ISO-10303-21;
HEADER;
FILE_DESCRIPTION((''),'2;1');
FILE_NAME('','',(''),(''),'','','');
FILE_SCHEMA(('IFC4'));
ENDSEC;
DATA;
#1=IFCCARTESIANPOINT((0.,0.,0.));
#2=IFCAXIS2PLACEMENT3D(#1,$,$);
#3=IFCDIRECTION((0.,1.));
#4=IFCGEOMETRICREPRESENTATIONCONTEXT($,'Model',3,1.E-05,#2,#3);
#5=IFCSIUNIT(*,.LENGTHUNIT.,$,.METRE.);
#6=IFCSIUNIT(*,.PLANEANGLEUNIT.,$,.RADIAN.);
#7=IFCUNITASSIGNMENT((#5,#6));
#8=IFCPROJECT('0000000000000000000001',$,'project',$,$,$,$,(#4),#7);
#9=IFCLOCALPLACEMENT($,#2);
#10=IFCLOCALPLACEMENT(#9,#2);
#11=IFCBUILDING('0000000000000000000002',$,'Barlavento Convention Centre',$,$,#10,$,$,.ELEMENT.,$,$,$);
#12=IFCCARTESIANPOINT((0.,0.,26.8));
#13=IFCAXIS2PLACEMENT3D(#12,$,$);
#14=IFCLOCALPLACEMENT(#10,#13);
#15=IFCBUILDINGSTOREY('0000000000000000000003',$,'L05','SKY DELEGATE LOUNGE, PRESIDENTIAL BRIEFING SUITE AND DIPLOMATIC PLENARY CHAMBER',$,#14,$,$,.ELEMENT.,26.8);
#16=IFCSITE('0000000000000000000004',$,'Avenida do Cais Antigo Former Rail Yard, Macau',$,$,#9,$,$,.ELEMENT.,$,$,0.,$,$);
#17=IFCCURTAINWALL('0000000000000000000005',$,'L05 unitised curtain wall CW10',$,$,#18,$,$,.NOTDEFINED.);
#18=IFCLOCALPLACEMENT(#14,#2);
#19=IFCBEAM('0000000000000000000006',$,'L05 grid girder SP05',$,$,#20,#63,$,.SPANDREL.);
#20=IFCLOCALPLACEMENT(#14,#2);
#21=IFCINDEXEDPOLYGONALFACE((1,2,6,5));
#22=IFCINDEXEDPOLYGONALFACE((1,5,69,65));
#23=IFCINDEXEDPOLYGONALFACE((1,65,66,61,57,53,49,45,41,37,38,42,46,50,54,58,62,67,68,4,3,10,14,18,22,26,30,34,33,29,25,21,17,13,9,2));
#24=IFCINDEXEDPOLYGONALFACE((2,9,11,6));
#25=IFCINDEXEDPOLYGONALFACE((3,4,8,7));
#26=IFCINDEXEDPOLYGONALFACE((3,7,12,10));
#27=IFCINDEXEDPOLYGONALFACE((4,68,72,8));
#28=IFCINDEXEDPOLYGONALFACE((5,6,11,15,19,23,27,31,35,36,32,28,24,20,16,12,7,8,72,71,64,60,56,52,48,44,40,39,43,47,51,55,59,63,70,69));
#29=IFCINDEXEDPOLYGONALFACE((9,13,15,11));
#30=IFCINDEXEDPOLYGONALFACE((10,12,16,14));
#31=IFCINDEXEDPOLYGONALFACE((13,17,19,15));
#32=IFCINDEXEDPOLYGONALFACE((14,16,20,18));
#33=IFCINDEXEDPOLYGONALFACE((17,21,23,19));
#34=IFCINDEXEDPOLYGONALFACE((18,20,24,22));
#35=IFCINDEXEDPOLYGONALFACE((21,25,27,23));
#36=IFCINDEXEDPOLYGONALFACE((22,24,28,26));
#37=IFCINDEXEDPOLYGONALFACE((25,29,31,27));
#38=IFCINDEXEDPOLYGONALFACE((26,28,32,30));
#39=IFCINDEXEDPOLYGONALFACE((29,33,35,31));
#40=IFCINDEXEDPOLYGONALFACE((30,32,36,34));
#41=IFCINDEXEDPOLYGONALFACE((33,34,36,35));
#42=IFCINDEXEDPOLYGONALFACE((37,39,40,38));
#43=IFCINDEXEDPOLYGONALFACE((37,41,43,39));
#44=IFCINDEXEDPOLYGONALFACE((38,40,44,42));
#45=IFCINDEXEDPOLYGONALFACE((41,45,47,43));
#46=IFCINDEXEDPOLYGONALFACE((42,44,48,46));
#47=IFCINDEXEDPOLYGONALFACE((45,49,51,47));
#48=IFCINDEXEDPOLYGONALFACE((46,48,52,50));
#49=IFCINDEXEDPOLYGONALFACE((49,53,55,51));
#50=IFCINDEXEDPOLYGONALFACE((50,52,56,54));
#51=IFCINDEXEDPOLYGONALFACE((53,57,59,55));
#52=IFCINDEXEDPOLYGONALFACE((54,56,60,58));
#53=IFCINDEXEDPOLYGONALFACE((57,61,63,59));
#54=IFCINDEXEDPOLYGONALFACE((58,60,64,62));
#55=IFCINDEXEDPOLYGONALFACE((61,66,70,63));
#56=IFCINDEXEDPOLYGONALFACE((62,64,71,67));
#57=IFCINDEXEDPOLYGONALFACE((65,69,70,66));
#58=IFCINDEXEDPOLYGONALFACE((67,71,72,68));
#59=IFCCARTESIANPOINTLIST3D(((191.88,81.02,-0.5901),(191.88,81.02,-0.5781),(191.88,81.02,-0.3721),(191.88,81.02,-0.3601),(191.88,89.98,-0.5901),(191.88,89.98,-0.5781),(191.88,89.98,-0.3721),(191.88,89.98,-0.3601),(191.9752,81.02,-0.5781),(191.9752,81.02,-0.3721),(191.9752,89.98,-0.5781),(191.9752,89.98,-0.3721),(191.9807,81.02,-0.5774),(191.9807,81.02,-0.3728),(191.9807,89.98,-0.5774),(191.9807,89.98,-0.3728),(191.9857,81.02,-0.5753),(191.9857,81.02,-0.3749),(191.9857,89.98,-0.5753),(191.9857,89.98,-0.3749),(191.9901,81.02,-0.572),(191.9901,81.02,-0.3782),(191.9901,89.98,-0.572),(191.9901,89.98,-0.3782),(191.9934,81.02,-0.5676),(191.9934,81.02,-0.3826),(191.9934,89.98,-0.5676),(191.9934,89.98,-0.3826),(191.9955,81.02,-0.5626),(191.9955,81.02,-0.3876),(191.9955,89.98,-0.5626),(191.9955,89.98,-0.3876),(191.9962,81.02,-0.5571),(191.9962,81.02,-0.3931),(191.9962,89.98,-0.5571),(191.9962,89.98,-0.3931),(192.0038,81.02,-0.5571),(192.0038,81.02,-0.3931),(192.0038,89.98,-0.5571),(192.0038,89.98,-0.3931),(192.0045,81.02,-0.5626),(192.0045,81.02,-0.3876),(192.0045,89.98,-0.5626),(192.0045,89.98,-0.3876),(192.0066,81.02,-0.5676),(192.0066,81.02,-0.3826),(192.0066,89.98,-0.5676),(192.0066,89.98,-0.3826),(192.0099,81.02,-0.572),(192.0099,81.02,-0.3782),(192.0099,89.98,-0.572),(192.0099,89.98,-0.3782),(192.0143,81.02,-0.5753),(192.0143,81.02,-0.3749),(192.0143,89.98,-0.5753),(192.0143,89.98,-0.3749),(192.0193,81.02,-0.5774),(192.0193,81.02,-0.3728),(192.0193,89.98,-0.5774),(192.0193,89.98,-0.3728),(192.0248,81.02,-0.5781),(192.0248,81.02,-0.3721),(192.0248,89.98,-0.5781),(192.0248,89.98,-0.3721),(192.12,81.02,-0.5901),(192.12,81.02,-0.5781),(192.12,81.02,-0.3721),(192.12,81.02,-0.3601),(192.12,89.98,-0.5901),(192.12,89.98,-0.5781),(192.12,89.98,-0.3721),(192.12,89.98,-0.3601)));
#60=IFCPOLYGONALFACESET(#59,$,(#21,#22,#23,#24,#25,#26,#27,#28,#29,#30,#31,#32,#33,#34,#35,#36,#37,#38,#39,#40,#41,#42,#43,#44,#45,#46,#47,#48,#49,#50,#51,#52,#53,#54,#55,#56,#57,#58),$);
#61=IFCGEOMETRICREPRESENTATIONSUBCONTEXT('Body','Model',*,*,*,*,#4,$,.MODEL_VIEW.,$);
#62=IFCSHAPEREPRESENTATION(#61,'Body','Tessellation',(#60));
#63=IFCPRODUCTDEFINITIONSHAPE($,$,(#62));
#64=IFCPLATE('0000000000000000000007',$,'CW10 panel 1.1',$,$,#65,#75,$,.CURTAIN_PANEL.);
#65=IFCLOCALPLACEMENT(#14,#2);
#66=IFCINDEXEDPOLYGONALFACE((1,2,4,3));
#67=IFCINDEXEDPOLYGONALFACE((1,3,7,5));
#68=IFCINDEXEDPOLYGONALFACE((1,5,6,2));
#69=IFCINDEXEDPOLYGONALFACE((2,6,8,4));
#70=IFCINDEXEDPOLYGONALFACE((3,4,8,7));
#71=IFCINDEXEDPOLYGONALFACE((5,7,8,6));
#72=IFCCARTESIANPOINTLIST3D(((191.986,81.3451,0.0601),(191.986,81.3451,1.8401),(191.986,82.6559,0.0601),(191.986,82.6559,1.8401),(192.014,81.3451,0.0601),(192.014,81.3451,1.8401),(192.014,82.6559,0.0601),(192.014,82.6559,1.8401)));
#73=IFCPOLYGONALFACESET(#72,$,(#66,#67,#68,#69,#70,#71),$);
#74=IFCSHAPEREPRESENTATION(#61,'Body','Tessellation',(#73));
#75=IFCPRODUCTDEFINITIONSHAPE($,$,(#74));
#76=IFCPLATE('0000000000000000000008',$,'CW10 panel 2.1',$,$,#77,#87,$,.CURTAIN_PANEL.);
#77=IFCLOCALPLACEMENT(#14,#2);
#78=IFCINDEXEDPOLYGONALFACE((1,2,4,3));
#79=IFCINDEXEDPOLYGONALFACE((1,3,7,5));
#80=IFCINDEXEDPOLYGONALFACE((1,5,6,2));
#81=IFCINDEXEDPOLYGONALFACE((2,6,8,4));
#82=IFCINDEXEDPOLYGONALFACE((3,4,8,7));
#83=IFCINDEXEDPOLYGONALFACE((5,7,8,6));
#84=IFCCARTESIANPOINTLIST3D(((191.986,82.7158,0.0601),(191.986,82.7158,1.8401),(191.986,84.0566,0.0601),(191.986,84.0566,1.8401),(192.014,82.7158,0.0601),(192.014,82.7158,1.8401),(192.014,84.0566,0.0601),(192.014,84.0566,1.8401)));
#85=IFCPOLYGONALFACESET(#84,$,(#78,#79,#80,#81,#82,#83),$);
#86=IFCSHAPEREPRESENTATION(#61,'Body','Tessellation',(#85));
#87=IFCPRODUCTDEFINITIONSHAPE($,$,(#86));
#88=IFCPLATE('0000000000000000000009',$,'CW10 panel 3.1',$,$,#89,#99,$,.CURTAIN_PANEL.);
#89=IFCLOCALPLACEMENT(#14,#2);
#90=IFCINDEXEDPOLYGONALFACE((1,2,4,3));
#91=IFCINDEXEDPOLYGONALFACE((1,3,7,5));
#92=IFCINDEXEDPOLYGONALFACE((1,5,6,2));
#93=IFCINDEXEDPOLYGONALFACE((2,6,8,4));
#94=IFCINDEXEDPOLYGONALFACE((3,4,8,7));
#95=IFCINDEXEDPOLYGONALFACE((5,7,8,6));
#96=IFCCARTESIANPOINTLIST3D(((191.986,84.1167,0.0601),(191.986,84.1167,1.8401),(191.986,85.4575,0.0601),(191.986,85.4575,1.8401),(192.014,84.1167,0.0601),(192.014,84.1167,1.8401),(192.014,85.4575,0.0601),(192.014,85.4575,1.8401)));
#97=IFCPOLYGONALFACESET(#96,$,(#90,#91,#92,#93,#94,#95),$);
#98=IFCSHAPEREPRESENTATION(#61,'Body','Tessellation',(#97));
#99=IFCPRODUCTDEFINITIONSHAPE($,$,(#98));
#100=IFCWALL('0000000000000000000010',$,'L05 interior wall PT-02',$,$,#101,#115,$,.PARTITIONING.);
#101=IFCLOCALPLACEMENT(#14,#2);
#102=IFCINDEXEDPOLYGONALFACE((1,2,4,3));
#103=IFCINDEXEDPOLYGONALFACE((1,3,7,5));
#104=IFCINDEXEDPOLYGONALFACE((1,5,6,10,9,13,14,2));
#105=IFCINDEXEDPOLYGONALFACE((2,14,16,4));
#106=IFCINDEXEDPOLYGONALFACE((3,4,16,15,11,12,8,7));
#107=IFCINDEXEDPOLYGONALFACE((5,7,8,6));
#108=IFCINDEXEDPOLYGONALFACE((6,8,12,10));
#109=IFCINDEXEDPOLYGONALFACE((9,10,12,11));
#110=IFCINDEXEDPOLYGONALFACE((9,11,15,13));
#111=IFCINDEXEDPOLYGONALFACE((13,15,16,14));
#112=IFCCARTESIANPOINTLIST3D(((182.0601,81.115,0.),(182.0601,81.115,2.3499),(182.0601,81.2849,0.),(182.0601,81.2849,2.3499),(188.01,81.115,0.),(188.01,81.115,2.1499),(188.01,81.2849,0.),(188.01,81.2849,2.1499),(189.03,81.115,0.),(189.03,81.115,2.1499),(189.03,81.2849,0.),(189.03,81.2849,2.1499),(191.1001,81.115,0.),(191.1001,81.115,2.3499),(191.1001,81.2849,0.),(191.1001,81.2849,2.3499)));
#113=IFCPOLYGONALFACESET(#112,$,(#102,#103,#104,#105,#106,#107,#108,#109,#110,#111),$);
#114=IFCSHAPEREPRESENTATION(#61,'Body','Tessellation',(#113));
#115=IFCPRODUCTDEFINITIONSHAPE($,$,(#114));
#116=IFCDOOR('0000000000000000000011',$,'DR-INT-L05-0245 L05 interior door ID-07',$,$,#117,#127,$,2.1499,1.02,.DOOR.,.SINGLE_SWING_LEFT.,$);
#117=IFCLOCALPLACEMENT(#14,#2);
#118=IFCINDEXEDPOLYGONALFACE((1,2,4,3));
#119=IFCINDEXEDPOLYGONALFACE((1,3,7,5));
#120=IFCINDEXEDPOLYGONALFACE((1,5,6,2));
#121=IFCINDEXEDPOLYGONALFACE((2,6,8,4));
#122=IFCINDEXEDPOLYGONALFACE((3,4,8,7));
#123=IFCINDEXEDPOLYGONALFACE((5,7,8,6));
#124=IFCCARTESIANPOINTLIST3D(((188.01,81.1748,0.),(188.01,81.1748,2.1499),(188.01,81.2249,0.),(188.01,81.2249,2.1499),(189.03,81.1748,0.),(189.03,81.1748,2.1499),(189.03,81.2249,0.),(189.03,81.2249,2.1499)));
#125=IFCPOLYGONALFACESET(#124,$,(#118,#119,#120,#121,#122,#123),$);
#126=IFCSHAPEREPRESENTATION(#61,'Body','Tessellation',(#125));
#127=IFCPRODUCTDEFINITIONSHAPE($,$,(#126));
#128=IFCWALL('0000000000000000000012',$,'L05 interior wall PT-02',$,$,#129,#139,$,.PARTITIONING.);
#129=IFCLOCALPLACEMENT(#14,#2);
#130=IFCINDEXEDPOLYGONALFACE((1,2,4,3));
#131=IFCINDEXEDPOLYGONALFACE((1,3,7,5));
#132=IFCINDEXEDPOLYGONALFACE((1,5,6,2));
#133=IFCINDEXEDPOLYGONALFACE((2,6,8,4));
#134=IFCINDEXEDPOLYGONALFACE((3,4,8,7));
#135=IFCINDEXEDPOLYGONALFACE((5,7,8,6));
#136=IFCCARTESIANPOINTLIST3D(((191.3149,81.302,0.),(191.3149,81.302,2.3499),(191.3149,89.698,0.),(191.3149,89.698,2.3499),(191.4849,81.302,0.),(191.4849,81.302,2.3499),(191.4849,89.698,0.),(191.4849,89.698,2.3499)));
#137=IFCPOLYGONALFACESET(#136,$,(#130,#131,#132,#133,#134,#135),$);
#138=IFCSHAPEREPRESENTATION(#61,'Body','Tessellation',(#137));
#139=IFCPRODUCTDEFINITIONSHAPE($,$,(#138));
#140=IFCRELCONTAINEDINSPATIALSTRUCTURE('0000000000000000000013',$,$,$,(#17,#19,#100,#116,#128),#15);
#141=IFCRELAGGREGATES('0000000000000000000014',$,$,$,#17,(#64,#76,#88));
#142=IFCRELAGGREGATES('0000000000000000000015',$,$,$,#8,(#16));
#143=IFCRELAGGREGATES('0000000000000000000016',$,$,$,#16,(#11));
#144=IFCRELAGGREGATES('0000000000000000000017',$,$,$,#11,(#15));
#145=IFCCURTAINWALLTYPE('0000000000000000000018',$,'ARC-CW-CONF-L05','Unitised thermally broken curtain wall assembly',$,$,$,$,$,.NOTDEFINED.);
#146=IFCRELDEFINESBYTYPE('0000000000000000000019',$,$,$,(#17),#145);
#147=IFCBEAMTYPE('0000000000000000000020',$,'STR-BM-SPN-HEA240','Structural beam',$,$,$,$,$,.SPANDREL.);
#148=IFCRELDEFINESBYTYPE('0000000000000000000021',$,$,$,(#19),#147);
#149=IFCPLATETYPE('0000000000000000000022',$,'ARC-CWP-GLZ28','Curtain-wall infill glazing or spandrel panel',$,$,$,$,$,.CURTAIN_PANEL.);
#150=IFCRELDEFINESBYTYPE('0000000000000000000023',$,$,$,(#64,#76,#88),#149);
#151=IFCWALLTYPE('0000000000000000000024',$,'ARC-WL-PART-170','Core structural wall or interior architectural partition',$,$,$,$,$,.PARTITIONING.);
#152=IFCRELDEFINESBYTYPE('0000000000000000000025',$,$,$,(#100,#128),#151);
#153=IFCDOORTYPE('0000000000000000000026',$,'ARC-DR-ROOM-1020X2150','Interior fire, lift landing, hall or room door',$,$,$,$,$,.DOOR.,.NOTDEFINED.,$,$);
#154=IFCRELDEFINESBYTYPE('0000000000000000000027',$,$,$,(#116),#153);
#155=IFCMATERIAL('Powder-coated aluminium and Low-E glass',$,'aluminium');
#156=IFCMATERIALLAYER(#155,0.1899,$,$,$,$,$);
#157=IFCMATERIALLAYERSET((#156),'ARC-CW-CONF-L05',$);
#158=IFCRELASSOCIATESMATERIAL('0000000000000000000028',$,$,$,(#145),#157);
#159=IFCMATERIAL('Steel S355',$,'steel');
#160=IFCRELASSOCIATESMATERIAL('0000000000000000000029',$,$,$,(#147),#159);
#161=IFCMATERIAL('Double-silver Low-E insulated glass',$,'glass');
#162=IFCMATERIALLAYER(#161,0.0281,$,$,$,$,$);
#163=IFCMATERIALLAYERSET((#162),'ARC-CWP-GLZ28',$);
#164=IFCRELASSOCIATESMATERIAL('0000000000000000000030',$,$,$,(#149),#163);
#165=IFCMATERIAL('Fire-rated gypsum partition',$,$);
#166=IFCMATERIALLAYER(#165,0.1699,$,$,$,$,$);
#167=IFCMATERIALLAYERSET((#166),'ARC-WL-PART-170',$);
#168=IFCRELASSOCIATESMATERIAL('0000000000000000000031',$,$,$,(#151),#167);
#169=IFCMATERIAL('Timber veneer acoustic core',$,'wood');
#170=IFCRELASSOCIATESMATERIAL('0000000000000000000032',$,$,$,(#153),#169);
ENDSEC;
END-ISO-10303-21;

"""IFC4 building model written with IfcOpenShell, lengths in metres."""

from ifc_helpers import new_model, si_unit, direction, frame, frame_2d, origin, origin_2d, place, context, subcontext, project, spatial, rectangle, i_section, extrude, material, layer, layer_set, material_profile, profile_set, type_object, element, fill, aggregate, save


model = new_model("IFC4")

# Units and contexts
model_context = context("Model", 3, precision=1e-05, world=origin(), true_north=direction((0.0, 1.0)))
body_context = subcontext(model_context, "Body", "Model", "MODEL_VIEW")
ifc_project = project(units=[si_unit("LENGTHUNIT", "METRE"), si_unit("PLANEANGLEUNIT", "RADIAN")], contexts=[model_context])

# Site, building, storey
site_placement = place(None, origin())
site = spatial("IfcSite", under=ifc_project, at=site_placement, Name="Avenida do Cais Antigo Former Rail Yard, Macau", CompositionType="ELEMENT", RefElevation=0.0)
building_placement = place(site_placement, origin())
building = spatial("IfcBuilding", under=site, at=building_placement, Name="Barlavento Convention Centre", CompositionType="ELEMENT")
storey_placement = place(building_placement, frame((0.0, 0.0, 26.8)))
storey = spatial("IfcBuildingStorey", under=building, at=storey_placement, Name="L05", Description="SKY DELEGATE LOUNGE, PRESIDENTIAL BRIEFING SUITE AND DIPLOMATIC PLENARY CHAMBER", CompositionType="ELEMENT", Elevation=26.8)

# Shared definitions
ifc_material_1 = material(Name="Steel S355", Category="steel")

# Curtain wall
ifc_material_2 = material(Name="Powder-coated aluminium and Low-E glass", Category="aluminium")
ifc_layer_1 = layer(ifc_material_2, 0.1899)
ifc_layer_set_1 = layer_set([ifc_layer_1], Name="ARC-CW-CONF-L05")
curtain_wall_type = type_object("IfcCurtainWallType", Name="ARC-CW-CONF-L05", Description="Unitised thermally broken curtain wall assembly", PredefinedType="NOTDEFINED", material=ifc_layer_set_1)
curtain_wall_placement = place(storey_placement, origin())
curtain_wall = element("IfcCurtainWall", 1, at=curtain_wall_placement, inside=storey, type_object=curtain_wall_type, Name="L05 unitised curtain wall CW10", PredefinedType="NOTDEFINED")

# Beam
ifc_material_profile_1 = material_profile(ifc_material_1, i_section(OverallWidth=0.24, OverallDepth=0.23, WebThickness=0.0076, FlangeThickness=0.012, FilletRadius=0.021, at=origin_2d()), Name="HEA 240")
ifc_profile_set_1 = profile_set([ifc_material_profile_1], Name="Steel S355")
beam_type_1 = type_object("IfcBeamType", Name="STR-BM-SPN-HEA240", Description="Structural beam", PredefinedType="SPANDREL", material=ifc_profile_set_1)
beam_1_placement = place(storey_placement, frame((192.0, 81.02, -0.4751), z_axis=(0.0, 1.0, 0.0), x_axis=(-1.0, 0.0, 0.0)))
element("IfcBeam", 2, at=beam_1_placement, inside=storey, type_object=beam_type_1, Name="L05 grid girder SP05", PredefinedType="SPANDREL", context=body_context, shape_type="SweptSolid", body=[
    extrude(i_section(OverallWidth=0.24, OverallDepth=0.23, WebThickness=0.0076, FlangeThickness=0.012, FilletRadius=0.021, at=origin_2d()), origin(), (0.0, 0.0, 1.0), 8.96),
])

# Plates
ifc_material_3 = material(Name="Double-silver Low-E insulated glass", Category="glass")
ifc_layer_2 = layer(ifc_material_3, 0.0281)
ifc_layer_set_2 = layer_set([ifc_layer_2], Name="ARC-CWP-GLZ28")
plate_type = type_object("IfcPlateType", Name="ARC-CWP-GLZ28", Description="Curtain-wall infill glazing or spandrel panel", PredefinedType="CURTAIN_PANEL", material=ifc_layer_set_2)
plate_1_placement = place(storey_placement, frame((192.0, 82.0005, 0.0601), z_axis=(0.0, 0.0, 1.0), x_axis=(0.0, 1.0, 0.0)))
plate_1 = element("IfcPlate", 3, at=plate_1_placement, type_object=plate_type, Name="CW10 panel 1.1", PredefinedType="CURTAIN_PANEL", context=body_context, shape_type="SweptSolid", body=[
    extrude(rectangle(XDim=1.3108, YDim=0.0281, at=origin_2d()), origin(), (0.0, 0.0, 1.0), 1.78),
])
plate_2_placement = place(storey_placement, frame((192.0, 83.3862, 0.0601), z_axis=(0.0, 0.0, 1.0), x_axis=(0.0, 1.0, 0.0)))
plate_2 = element("IfcPlate", 4, at=plate_2_placement, type_object=plate_type, Name="CW10 panel 2.1", PredefinedType="CURTAIN_PANEL", context=body_context, shape_type="SweptSolid", body=[
    extrude(rectangle(XDim=1.3408, YDim=0.0281, at=origin_2d()), origin(), (0.0, 0.0, 1.0), 1.78),
])
plate_3_placement = place(storey_placement, frame((192.0, 84.7871, 0.0601), z_axis=(0.0, 0.0, 1.0), x_axis=(0.0, 1.0, 0.0)))
plate_3 = element("IfcPlate", 5, at=plate_3_placement, type_object=plate_type, Name="CW10 panel 3.1", PredefinedType="CURTAIN_PANEL", context=body_context, shape_type="SweptSolid", body=[
    extrude(rectangle(XDim=1.3408, YDim=0.0281, at=origin_2d()), origin(), (0.0, 0.0, 1.0), 1.78),
])
aggregate(curtain_wall, [plate_1, plate_2, plate_3])

# Wall, opening, door
ifc_material_4 = material(Name="Fire-rated gypsum partition")
ifc_layer_3 = layer(ifc_material_4, 0.1699)
ifc_layer_set_3 = layer_set([ifc_layer_3], Name="ARC-WL-PART-170")
wall_type = type_object("IfcWallType", Name="ARC-WL-PART-170", Description="Core structural wall or interior architectural partition", PredefinedType="PARTITIONING", material=ifc_layer_set_3)
wall_1_placement = place(storey_placement, frame((182.0601, 81.2, 0.0), z_axis=(0.0, 0.0, 1.0), x_axis=(1.0, 0.0, 0.0)))
wall_1 = element("IfcWall", 6, at=wall_1_placement, inside=storey, type_object=wall_type, Name="L05 interior wall PT-02", PredefinedType="PARTITIONING", context=body_context, shape_type="SweptSolid", body=[
    extrude(rectangle(XDim=9.04, YDim=0.1699, at=frame_2d((4.52, 0.0))), origin(), (0.0, 0.0, 1.0), 2.3499),
])
opening_placement = place(wall_1_placement, frame((5.95, 0.0, 0.0)))
opening = element("IfcOpeningElement", 7, at=opening_placement, cuts=wall_1, PredefinedType="OPENING", context=body_context, shape_type="SweptSolid", body=[
    extrude(rectangle(XDim=1.02, YDim=2.1499, at=frame_2d((0.51, 1.075))), frame((0.0, 0.095, 0.0), z_axis=(0.0, -1.0, 0.0), x_axis=(1.0, 0.0, 0.0)), (0.0, 0.0, 1.0), 0.1899),
])
ifc_material_5 = material(Name="Timber veneer acoustic core", Category="wood")
door_type = type_object("IfcDoorType", Name="ARC-DR-ROOM-1020X2150", Description="Interior fire, lift landing, hall or room door", OperationType="NOTDEFINED", PredefinedType="DOOR", material=ifc_material_5)
door_placement = place(opening_placement, origin())
door = element("IfcDoor", 8, at=door_placement, inside=storey, type_object=door_type, Name="DR-INT-L05-0245 L05 interior door ID-07", OperationType="SINGLE_SWING_LEFT", OverallHeight=2.1499, OverallWidth=1.02, PredefinedType="DOOR", context=body_context, shape_type="SweptSolid", body=[
    extrude(rectangle(XDim=1.02, YDim=2.1499, at=frame_2d((0.51, 1.075))), frame((0.0, 0.0249, 0.0), z_axis=(0.0, -1.0, 0.0), x_axis=(1.0, 0.0, 0.0)), (0.0, 0.0, 1.0), 0.05),
])
fill(opening, door)

# Wall
wall_2_placement = place(storey_placement, frame((191.3999, 81.302, 0.0), z_axis=(0.0, 0.0, 1.0), x_axis=(0.0, 1.0, 0.0)))
element("IfcWall", 9, at=wall_2_placement, inside=storey, type_object=wall_type, Name="L05 interior wall PT-02", PredefinedType="PARTITIONING", context=body_context, shape_type="SweptSolid", body=[
    extrude(rectangle(XDim=8.396, YDim=0.1699, at=frame_2d((4.198, 0.0))), origin(), (0.0, 0.0, 1.0), 2.3499),
])

save(model, "model.ifc")
